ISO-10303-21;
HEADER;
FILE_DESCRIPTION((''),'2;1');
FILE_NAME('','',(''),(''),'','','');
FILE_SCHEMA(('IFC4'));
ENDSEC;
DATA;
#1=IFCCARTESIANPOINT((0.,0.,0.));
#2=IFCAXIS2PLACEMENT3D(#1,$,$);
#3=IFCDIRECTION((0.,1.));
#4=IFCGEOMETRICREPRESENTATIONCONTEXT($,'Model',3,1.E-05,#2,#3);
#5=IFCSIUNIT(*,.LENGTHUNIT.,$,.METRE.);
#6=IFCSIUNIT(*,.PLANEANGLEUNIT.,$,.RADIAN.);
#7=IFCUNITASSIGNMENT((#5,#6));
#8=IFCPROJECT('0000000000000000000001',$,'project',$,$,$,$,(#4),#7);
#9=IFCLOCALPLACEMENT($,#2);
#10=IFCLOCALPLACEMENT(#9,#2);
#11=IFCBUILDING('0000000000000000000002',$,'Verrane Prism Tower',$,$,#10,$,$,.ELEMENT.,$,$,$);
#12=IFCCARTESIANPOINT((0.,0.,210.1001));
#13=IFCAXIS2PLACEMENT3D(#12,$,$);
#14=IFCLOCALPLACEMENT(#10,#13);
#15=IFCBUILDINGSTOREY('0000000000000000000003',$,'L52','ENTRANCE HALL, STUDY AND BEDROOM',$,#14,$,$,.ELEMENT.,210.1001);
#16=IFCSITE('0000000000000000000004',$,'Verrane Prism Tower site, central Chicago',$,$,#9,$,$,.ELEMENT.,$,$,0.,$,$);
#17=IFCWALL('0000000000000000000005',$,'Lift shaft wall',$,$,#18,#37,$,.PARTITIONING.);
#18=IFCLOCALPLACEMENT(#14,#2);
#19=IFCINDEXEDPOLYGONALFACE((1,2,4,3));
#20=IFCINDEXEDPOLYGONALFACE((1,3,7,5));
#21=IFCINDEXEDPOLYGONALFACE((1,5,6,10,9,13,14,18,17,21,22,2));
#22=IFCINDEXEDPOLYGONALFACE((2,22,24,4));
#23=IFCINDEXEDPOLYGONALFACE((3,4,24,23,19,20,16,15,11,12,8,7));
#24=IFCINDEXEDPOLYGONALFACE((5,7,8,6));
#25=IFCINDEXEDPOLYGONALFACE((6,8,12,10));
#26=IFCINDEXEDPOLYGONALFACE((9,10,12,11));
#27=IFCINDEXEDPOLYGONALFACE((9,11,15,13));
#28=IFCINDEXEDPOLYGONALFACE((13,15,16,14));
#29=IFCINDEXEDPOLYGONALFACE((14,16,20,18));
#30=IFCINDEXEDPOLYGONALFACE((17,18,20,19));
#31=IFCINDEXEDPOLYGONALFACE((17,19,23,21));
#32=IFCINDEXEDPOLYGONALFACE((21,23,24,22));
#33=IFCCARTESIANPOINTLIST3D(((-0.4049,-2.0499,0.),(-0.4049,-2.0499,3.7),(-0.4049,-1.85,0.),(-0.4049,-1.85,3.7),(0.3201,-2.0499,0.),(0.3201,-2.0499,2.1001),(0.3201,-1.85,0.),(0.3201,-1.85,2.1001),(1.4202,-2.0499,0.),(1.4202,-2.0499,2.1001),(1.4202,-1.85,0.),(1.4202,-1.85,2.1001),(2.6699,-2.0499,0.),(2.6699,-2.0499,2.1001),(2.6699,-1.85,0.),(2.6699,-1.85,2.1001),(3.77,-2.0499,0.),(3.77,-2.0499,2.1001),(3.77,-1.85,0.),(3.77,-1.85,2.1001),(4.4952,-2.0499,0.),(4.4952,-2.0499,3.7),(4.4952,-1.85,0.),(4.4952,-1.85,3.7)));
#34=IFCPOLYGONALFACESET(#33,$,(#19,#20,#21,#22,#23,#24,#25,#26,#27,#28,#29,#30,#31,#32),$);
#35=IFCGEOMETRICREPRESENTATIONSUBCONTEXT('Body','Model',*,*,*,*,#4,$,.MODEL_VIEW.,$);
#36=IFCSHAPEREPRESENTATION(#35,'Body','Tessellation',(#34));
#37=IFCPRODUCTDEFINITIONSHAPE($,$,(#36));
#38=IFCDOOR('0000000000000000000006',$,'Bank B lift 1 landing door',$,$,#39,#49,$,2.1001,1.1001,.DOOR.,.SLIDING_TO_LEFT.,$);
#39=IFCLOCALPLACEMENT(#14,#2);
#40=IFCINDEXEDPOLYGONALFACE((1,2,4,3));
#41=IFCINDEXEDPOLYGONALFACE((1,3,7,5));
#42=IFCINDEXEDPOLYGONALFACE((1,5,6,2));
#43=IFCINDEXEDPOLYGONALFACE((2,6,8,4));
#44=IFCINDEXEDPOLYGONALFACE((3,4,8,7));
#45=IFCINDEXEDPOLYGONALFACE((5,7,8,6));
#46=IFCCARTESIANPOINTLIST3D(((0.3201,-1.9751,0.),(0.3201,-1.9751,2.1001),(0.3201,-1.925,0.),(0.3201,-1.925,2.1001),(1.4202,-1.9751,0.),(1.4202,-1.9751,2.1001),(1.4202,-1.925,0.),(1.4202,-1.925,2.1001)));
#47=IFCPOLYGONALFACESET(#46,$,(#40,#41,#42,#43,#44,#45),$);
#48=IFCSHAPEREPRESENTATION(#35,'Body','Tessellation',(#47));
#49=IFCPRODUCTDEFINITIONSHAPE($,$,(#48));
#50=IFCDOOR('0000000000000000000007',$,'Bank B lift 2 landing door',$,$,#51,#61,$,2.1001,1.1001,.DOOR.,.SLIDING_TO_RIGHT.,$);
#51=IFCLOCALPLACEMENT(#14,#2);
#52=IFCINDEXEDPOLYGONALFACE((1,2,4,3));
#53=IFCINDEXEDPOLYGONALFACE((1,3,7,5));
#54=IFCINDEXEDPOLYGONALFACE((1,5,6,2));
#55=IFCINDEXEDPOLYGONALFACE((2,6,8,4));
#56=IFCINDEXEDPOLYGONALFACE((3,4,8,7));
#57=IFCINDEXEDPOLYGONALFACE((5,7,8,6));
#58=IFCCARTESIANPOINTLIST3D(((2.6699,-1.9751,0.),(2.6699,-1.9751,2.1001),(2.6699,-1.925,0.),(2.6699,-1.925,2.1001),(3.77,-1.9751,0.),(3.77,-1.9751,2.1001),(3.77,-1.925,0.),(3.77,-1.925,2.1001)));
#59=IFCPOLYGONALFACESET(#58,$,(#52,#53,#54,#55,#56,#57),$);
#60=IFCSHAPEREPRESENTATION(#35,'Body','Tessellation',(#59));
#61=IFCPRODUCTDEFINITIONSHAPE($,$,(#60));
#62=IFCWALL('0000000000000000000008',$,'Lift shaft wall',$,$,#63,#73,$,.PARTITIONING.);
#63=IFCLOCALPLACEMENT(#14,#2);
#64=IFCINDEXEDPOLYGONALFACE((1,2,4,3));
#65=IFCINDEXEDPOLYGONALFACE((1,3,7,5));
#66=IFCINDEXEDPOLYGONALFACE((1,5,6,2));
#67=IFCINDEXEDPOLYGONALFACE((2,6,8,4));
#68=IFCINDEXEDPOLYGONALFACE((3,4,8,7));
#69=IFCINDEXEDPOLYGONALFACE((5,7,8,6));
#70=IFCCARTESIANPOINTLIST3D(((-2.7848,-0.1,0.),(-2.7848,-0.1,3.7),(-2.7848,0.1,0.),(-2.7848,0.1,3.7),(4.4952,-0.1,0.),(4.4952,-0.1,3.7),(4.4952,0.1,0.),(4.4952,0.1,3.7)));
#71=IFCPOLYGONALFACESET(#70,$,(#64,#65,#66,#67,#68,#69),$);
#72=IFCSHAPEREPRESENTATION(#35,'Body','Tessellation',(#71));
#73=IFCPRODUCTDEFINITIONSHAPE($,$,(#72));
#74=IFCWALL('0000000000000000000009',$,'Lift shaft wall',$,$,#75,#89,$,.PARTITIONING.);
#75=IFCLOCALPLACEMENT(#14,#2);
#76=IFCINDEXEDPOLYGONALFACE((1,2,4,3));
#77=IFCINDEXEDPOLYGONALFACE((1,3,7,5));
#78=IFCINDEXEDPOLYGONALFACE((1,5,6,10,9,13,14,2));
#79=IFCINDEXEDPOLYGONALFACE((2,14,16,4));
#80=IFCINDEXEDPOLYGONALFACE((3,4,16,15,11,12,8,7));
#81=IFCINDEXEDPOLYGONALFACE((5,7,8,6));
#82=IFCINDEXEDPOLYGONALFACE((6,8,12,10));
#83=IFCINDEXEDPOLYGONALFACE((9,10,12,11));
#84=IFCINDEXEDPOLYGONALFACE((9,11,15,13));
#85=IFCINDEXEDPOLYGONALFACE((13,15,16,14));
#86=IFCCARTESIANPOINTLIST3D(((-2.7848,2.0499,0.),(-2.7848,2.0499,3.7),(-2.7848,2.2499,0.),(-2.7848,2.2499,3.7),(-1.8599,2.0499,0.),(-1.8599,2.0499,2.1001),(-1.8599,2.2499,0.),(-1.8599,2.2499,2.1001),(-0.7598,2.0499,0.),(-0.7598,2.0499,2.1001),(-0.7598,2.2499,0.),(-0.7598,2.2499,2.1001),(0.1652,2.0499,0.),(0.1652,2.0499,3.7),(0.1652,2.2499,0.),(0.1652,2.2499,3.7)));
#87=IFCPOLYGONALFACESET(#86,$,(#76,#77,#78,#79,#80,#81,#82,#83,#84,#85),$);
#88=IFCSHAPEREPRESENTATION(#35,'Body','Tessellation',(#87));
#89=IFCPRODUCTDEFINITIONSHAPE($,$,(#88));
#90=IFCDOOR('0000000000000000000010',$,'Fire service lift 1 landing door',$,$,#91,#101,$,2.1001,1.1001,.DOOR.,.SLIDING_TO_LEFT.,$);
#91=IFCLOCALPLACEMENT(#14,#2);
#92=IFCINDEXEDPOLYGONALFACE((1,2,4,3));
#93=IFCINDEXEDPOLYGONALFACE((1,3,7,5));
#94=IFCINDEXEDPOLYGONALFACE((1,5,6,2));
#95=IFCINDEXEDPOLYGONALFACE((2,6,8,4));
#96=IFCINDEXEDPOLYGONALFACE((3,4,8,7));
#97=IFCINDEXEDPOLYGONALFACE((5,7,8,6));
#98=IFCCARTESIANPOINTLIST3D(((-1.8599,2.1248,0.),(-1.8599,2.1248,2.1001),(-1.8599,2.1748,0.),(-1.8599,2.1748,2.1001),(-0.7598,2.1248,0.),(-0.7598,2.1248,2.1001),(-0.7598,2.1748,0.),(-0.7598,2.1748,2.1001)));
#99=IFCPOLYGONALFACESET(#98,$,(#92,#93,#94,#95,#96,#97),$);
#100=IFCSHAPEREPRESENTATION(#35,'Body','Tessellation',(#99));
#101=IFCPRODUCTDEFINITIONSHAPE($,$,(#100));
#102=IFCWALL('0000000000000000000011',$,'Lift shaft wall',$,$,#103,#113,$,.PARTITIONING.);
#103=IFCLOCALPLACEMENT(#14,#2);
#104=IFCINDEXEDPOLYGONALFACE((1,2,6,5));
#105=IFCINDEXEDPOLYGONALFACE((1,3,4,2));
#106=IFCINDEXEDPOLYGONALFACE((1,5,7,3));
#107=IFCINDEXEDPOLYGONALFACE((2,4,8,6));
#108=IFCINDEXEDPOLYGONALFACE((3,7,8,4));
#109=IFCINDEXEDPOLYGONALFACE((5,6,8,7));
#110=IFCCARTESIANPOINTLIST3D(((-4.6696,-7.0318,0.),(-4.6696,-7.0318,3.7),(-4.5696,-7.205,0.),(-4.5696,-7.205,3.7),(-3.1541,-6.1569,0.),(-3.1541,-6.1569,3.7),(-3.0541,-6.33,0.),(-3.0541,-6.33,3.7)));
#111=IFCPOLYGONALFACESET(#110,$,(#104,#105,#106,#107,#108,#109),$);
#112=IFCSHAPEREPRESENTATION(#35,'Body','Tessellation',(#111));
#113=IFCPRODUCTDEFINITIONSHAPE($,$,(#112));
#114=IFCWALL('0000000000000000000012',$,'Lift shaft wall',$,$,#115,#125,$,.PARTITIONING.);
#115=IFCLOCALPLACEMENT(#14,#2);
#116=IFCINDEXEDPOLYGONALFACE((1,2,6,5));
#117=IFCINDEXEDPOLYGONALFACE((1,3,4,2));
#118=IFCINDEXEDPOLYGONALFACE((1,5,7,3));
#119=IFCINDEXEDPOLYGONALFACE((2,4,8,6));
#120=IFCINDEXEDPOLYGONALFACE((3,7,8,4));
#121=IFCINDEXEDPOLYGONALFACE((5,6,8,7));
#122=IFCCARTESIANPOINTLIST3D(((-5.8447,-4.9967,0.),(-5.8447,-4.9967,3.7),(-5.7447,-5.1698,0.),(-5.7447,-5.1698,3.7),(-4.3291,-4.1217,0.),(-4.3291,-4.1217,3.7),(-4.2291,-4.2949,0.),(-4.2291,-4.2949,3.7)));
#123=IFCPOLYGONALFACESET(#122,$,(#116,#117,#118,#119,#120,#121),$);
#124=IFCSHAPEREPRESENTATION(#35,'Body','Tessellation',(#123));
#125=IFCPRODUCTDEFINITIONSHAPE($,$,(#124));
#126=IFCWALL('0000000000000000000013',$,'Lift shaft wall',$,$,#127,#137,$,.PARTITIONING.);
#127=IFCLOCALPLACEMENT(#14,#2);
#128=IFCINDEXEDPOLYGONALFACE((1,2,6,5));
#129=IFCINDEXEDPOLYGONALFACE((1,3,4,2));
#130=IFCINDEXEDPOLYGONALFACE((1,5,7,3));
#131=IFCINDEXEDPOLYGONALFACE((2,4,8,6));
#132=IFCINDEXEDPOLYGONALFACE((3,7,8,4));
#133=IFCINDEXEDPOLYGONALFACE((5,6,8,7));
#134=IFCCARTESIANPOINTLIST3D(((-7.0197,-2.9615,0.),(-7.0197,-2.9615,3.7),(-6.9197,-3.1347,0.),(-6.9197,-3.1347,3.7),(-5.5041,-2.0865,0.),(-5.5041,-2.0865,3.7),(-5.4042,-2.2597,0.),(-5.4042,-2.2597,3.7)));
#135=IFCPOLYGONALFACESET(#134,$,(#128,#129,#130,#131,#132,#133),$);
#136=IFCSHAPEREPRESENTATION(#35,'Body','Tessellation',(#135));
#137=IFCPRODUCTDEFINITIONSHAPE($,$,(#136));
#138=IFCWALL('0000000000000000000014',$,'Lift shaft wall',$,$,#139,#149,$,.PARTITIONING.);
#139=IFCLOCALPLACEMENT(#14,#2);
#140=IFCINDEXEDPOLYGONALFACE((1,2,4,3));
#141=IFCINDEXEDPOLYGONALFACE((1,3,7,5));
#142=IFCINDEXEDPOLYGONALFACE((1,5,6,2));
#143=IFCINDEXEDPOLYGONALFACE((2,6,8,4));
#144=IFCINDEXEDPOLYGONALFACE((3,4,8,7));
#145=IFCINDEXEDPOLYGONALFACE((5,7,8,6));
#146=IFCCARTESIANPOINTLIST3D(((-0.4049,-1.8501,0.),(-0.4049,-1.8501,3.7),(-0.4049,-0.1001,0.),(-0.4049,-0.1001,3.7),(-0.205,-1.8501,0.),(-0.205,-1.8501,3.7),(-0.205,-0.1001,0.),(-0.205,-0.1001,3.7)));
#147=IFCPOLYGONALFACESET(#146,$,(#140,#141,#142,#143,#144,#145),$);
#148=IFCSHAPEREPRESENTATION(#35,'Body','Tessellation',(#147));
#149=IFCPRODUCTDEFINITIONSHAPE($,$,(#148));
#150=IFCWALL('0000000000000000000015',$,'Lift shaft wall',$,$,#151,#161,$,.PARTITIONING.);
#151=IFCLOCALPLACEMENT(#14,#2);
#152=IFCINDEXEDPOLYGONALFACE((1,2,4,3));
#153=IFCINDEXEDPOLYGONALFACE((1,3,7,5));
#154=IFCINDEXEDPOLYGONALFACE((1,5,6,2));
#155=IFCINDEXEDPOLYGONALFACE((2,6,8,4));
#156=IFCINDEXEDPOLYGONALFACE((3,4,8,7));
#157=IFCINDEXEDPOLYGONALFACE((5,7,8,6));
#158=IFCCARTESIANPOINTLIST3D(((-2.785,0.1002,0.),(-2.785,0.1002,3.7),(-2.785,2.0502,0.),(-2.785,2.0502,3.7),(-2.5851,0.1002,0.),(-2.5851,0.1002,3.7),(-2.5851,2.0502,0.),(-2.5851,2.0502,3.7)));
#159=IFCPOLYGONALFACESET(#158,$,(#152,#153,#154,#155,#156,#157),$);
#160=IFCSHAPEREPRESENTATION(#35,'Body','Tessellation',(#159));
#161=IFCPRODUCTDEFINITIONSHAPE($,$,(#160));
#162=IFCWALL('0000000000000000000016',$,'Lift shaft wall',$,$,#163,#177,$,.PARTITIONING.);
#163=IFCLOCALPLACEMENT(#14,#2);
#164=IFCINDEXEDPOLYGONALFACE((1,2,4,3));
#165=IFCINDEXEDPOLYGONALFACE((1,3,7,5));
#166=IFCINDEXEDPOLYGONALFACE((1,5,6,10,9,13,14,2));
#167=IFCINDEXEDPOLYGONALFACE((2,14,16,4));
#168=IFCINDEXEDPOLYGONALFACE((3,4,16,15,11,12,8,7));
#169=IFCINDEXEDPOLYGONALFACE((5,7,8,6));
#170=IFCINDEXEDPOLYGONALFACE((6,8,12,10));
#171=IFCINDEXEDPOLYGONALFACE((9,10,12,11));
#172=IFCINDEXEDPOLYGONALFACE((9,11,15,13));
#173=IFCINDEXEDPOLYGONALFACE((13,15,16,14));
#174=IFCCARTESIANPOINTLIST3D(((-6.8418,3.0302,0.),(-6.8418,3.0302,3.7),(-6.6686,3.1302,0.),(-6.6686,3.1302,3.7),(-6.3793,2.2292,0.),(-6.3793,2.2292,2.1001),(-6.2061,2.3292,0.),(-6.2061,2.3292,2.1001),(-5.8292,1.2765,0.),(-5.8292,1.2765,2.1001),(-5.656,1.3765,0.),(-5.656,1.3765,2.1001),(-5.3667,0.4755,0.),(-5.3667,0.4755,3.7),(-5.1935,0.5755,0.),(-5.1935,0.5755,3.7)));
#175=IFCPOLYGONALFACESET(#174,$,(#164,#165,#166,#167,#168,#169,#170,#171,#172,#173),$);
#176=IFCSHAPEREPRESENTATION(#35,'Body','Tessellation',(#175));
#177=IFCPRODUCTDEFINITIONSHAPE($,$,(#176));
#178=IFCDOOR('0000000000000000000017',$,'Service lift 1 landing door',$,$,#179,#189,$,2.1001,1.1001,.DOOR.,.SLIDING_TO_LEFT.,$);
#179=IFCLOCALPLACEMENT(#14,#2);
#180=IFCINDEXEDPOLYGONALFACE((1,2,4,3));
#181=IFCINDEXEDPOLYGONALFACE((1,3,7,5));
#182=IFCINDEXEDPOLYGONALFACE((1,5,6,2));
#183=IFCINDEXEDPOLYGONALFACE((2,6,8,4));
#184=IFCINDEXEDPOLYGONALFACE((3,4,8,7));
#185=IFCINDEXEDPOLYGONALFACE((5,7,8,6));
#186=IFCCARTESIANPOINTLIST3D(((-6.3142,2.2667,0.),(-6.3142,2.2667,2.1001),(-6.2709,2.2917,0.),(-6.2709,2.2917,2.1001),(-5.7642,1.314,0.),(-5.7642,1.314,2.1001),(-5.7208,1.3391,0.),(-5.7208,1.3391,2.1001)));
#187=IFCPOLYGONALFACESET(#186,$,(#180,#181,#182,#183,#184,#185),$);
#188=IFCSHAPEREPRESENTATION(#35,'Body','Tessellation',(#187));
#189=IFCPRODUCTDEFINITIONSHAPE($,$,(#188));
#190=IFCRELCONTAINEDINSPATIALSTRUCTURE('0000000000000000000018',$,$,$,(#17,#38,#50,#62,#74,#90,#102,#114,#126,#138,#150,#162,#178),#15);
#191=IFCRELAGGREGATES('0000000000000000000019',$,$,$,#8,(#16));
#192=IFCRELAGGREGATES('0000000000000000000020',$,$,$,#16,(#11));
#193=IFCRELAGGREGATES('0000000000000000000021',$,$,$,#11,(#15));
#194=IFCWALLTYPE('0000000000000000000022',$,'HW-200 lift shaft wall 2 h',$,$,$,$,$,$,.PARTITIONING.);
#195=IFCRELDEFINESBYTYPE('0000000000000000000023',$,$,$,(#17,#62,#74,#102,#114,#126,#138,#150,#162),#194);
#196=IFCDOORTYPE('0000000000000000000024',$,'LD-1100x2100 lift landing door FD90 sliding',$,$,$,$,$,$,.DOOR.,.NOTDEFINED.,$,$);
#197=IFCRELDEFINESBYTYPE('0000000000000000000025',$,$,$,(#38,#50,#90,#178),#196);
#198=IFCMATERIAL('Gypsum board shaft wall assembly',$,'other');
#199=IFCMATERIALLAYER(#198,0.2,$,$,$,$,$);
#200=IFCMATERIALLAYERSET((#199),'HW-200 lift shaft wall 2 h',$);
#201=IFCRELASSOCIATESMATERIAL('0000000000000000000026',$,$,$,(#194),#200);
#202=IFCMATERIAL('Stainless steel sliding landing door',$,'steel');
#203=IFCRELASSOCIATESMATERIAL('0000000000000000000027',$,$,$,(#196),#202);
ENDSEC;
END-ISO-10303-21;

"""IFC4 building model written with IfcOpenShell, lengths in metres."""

from ifc_helpers import new_model, si_unit, direction, frame, frame_2d, origin, place, context, subcontext, project, spatial, rectangle, extrude, material, layer, layer_set, type_object, element, fill, save


model = new_model("IFC4")

# Units and contexts
model_context = context("Model", 3, precision=1e-05, world=origin(), true_north=direction((0.0, 1.0)))
body_context = subcontext(model_context, "Body", "Model", "MODEL_VIEW")
ifc_project = project(units=[si_unit("LENGTHUNIT", "METRE"), si_unit("PLANEANGLEUNIT", "RADIAN")], contexts=[model_context])

# Site, building, storey
site_placement = place(None, origin())
site = spatial("IfcSite", under=ifc_project, at=site_placement, Name="Verrane Prism Tower site, central Chicago", CompositionType="ELEMENT", RefElevation=0.0)
building_placement = place(site_placement, origin())
building = spatial("IfcBuilding", under=site, at=building_placement, Name="Verrane Prism Tower", CompositionType="ELEMENT")
storey_placement = place(building_placement, frame((0.0, 0.0, 210.1001)))
storey = spatial("IfcBuildingStorey", under=building, at=storey_placement, Name="L52", Description="ENTRANCE HALL, STUDY AND BEDROOM", CompositionType="ELEMENT", Elevation=210.1001)

# Wall, openings, doors
ifc_material_1 = material(Name="Gypsum board shaft wall assembly", Category="other")
ifc_layer_1 = layer(ifc_material_1, 0.2)
ifc_layer_set_1 = layer_set([ifc_layer_1], Name="HW-200 lift shaft wall 2 h")
wall_type_1 = type_object("IfcWallType", Name="HW-200 lift shaft wall 2 h", PredefinedType="PARTITIONING", material=ifc_layer_set_1)
wall_1_placement = place(storey_placement, frame((-0.405, -1.95, 0.0), z_axis=(0.0, 0.0, 1.0), x_axis=(1.0, 0.0, 0.0)))
wall_1 = element("IfcWall", 1, at=wall_1_placement, inside=storey, type_object=wall_type_1, Name="Lift shaft wall", PredefinedType="PARTITIONING", context=body_context, shape_type="SweptSolid", body=[
    extrude(rectangle(XDim=4.9001, YDim=0.2, at=frame_2d((2.4502, 0.0))), origin(), (0.0, 0.0, 1.0), 3.7),
])
opening_1_placement = place(wall_1_placement, frame((0.7251, 0.0, 0.0)))
opening_1 = element("IfcOpeningElement", 2, at=opening_1_placement, cuts=wall_1, PredefinedType="OPENING", context=body_context, shape_type="SweptSolid", body=[
    extrude(rectangle(XDim=1.1001, YDim=2.1001, at=frame_2d((0.55, 1.05))), frame((0.0, 0.1099, 0.0), z_axis=(0.0, -1.0, 0.0), x_axis=(1.0, 0.0, 0.0)), (0.0, 0.0, 1.0), 0.22),
])
opening_2_placement = place(wall_1_placement, frame((3.075, 0.0, 0.0)))
opening_2 = element("IfcOpeningElement", 3, at=opening_2_placement, cuts=wall_1, PredefinedType="OPENING", context=body_context, shape_type="SweptSolid", body=[
    extrude(rectangle(XDim=1.1001, YDim=2.1001, at=frame_2d((0.55, 1.05))), frame((0.0, 0.1099, 0.0), z_axis=(0.0, -1.0, 0.0), x_axis=(1.0, 0.0, 0.0)), (0.0, 0.0, 1.0), 0.22),
])
ifc_material_2 = material(Name="Stainless steel sliding landing door", Category="steel")
door_type_1 = type_object("IfcDoorType", Name="LD-1100x2100 lift landing door FD90 sliding", OperationType="NOTDEFINED", PredefinedType="DOOR", material=ifc_material_2)
door_1_placement = place(opening_1_placement, origin())
door_1 = element("IfcDoor", 4, at=door_1_placement, inside=storey, type_object=door_type_1, Name="Bank B lift 1 landing door", OperationType="SLIDING_TO_LEFT", OverallHeight=2.1001, OverallWidth=1.1001, PredefinedType="DOOR", context=body_context, shape_type="SweptSolid", body=[
    extrude(rectangle(XDim=1.1001, YDim=2.1001, at=frame_2d((0.55, 1.05))), frame((0.0, 0.0249, 0.0), z_axis=(0.0, -1.0, 0.0), x_axis=(1.0, 0.0, 0.0)), (0.0, 0.0, 1.0), 0.05),
])
fill(opening_1, door_1)
door_2_placement = place(opening_2_placement, origin())
door_2 = element("IfcDoor", 5, at=door_2_placement, inside=storey, type_object=door_type_1, Name="Bank B lift 2 landing door", OperationType="SLIDING_TO_RIGHT", OverallHeight=2.1001, OverallWidth=1.1001, PredefinedType="DOOR", context=body_context, shape_type="SweptSolid", body=[
    extrude(rectangle(XDim=1.1001, YDim=2.1001, at=frame_2d((0.55, 1.05))), frame((0.0, 0.0249, 0.0), z_axis=(0.0, -1.0, 0.0), x_axis=(1.0, 0.0, 0.0)), (0.0, 0.0, 1.0), 0.05),
])
fill(opening_2, door_2)

# Wall
wall_2_placement = place(storey_placement, frame((-2.7849, 0.0, 0.0), z_axis=(0.0, 0.0, 1.0), x_axis=(1.0, 0.0, 0.0)))
element("IfcWall", 6, at=wall_2_placement, inside=storey, type_object=wall_type_1, Name="Lift shaft wall", PredefinedType="PARTITIONING", context=body_context, shape_type="SweptSolid", body=[
    extrude(rectangle(XDim=7.28, YDim=0.2, at=frame_2d((3.6401, 0.0))), origin(), (0.0, 0.0, 1.0), 3.7),
])

# Wall, opening, door
wall_3_placement = place(storey_placement, frame((-2.7849, 2.1499, 0.0), z_axis=(0.0, 0.0, 1.0), x_axis=(1.0, 0.0, 0.0)))
wall_3 = element("IfcWall", 7, at=wall_3_placement, inside=storey, type_object=wall_type_1, Name="Lift shaft wall", PredefinedType="PARTITIONING", context=body_context, shape_type="SweptSolid", body=[
    extrude(rectangle(XDim=2.95, YDim=0.2, at=frame_2d((1.4751, 0.0))), origin(), (0.0, 0.0, 1.0), 3.7),
])
opening_3_placement = place(wall_3_placement, frame((0.925, 0.0, 0.0)))
opening_3 = element("IfcOpeningElement", 8, at=opening_3_placement, cuts=wall_3, PredefinedType="OPENING", context=body_context, shape_type="SweptSolid", body=[
    extrude(rectangle(XDim=1.1001, YDim=2.1001, at=frame_2d((0.55, 1.05))), frame((0.0, 0.1099, 0.0), z_axis=(0.0, -1.0, 0.0), x_axis=(1.0, 0.0, 0.0)), (0.0, 0.0, 1.0), 0.22),
])
door_3_placement = place(opening_3_placement, origin())
door_3 = element("IfcDoor", 9, at=door_3_placement, inside=storey, type_object=door_type_1, Name="Fire service lift 1 landing door", OperationType="SLIDING_TO_LEFT", OverallHeight=2.1001, OverallWidth=1.1001, PredefinedType="DOOR", context=body_context, shape_type="SweptSolid", body=[
    extrude(rectangle(XDim=1.1001, YDim=2.1001, at=frame_2d((0.55, 1.05))), frame((0.0, 0.0249, 0.0), z_axis=(0.0, -1.0, 0.0), x_axis=(1.0, 0.0, 0.0)), (0.0, 0.0, 1.0), 0.05),
])
fill(opening_3, door_3)

# Walls
for number, where, z_axis, x_axis, name in (
    (10, (-4.6196, -7.1184, 0.0), (0.0, 0.0, 1.0), (0.866037, 0.49998, 0.0), "Lift shaft wall"),
    (11, (-5.7947, -5.0833, 0.0), (0.0, 0.0, 1.0), (0.866037, 0.49998, 0.0), "Lift shaft wall"),
    (12, (-6.9697, -3.0481, 0.0), (0.0, 0.0, 1.0), (0.866037, 0.49998, 0.0), "Lift shaft wall"),
    (13, (-0.3049, -1.8501, 0.0), (0.0, 0.0, 1.0), (0.0, 1.0, 0.0), "Lift shaft wall"),
):
    element("IfcWall", number, at=place(storey_placement, frame(where, z_axis=z_axis, x_axis=x_axis)), inside=storey, type_object=wall_type_1, Name=name, PredefinedType="PARTITIONING", context=body_context, shape_type="SweptSolid", body=[
        extrude(rectangle(XDim=1.75, YDim=0.2, at=frame_2d((0.875, 0.0))), origin(), (0.0, 0.0, 1.0), 3.7),
    ])
wall_4_placement = place(storey_placement, frame((-2.6851, 0.1001, 0.0), z_axis=(0.0, 0.0, 1.0), x_axis=(0.0, 1.0, 0.0)))
element("IfcWall", 14, at=wall_4_placement, inside=storey, type_object=wall_type_1, Name="Lift shaft wall", PredefinedType="PARTITIONING", context=body_context, shape_type="SweptSolid", body=[
    extrude(rectangle(XDim=1.95, YDim=0.2, at=frame_2d((0.9751, 0.0))), origin(), (0.0, 0.0, 1.0), 3.7),
])

# Wall, opening, door
wall_5_placement = place(storey_placement, frame((-5.28, 0.5254, 0.0), z_axis=(0.0, 0.0, 1.0), x_axis=(-0.500038, 0.866004, 0.0)))
wall_5 = element("IfcWall", 15, at=wall_5_placement, inside=storey, type_object=wall_type_1, Name="Lift shaft wall", PredefinedType="PARTITIONING", context=body_context, shape_type="SweptSolid", body=[
    extrude(rectangle(XDim=2.95, YDim=0.2, at=frame_2d((1.4751, 0.0))), origin(), (0.0, 0.0, 1.0), 3.7),
])
opening_4_placement = place(wall_5_placement, frame((0.925, 0.0, 0.0)))
opening_4 = element("IfcOpeningElement", 16, at=opening_4_placement, cuts=wall_5, PredefinedType="OPENING", context=body_context, shape_type="SweptSolid", body=[
    extrude(rectangle(XDim=1.1001, YDim=2.1001, at=frame_2d((0.55, 1.05))), frame((0.0, 0.1099, 0.0), z_axis=(0.0, -1.0, 0.0), x_axis=(1.0, 0.0, 0.0)), (0.0, 0.0, 1.0), 0.22),
])
door_4_placement = place(opening_4_placement, origin())
door_4 = element("IfcDoor", 17, at=door_4_placement, inside=storey, type_object=door_type_1, Name="Service lift 1 landing door", OperationType="SLIDING_TO_LEFT", OverallHeight=2.1001, OverallWidth=1.1001, PredefinedType="DOOR", context=body_context, shape_type="SweptSolid", body=[
    extrude(rectangle(XDim=1.1001, YDim=2.1001, at=frame_2d((0.55, 1.05))), frame((0.0, 0.0249, 0.0), z_axis=(0.0, -1.0, 0.0), x_axis=(1.0, 0.0, 0.0)), (0.0, 0.0, 1.0), 0.05),
])
fill(opening_4, door_4)

save(model, "model.ifc")
